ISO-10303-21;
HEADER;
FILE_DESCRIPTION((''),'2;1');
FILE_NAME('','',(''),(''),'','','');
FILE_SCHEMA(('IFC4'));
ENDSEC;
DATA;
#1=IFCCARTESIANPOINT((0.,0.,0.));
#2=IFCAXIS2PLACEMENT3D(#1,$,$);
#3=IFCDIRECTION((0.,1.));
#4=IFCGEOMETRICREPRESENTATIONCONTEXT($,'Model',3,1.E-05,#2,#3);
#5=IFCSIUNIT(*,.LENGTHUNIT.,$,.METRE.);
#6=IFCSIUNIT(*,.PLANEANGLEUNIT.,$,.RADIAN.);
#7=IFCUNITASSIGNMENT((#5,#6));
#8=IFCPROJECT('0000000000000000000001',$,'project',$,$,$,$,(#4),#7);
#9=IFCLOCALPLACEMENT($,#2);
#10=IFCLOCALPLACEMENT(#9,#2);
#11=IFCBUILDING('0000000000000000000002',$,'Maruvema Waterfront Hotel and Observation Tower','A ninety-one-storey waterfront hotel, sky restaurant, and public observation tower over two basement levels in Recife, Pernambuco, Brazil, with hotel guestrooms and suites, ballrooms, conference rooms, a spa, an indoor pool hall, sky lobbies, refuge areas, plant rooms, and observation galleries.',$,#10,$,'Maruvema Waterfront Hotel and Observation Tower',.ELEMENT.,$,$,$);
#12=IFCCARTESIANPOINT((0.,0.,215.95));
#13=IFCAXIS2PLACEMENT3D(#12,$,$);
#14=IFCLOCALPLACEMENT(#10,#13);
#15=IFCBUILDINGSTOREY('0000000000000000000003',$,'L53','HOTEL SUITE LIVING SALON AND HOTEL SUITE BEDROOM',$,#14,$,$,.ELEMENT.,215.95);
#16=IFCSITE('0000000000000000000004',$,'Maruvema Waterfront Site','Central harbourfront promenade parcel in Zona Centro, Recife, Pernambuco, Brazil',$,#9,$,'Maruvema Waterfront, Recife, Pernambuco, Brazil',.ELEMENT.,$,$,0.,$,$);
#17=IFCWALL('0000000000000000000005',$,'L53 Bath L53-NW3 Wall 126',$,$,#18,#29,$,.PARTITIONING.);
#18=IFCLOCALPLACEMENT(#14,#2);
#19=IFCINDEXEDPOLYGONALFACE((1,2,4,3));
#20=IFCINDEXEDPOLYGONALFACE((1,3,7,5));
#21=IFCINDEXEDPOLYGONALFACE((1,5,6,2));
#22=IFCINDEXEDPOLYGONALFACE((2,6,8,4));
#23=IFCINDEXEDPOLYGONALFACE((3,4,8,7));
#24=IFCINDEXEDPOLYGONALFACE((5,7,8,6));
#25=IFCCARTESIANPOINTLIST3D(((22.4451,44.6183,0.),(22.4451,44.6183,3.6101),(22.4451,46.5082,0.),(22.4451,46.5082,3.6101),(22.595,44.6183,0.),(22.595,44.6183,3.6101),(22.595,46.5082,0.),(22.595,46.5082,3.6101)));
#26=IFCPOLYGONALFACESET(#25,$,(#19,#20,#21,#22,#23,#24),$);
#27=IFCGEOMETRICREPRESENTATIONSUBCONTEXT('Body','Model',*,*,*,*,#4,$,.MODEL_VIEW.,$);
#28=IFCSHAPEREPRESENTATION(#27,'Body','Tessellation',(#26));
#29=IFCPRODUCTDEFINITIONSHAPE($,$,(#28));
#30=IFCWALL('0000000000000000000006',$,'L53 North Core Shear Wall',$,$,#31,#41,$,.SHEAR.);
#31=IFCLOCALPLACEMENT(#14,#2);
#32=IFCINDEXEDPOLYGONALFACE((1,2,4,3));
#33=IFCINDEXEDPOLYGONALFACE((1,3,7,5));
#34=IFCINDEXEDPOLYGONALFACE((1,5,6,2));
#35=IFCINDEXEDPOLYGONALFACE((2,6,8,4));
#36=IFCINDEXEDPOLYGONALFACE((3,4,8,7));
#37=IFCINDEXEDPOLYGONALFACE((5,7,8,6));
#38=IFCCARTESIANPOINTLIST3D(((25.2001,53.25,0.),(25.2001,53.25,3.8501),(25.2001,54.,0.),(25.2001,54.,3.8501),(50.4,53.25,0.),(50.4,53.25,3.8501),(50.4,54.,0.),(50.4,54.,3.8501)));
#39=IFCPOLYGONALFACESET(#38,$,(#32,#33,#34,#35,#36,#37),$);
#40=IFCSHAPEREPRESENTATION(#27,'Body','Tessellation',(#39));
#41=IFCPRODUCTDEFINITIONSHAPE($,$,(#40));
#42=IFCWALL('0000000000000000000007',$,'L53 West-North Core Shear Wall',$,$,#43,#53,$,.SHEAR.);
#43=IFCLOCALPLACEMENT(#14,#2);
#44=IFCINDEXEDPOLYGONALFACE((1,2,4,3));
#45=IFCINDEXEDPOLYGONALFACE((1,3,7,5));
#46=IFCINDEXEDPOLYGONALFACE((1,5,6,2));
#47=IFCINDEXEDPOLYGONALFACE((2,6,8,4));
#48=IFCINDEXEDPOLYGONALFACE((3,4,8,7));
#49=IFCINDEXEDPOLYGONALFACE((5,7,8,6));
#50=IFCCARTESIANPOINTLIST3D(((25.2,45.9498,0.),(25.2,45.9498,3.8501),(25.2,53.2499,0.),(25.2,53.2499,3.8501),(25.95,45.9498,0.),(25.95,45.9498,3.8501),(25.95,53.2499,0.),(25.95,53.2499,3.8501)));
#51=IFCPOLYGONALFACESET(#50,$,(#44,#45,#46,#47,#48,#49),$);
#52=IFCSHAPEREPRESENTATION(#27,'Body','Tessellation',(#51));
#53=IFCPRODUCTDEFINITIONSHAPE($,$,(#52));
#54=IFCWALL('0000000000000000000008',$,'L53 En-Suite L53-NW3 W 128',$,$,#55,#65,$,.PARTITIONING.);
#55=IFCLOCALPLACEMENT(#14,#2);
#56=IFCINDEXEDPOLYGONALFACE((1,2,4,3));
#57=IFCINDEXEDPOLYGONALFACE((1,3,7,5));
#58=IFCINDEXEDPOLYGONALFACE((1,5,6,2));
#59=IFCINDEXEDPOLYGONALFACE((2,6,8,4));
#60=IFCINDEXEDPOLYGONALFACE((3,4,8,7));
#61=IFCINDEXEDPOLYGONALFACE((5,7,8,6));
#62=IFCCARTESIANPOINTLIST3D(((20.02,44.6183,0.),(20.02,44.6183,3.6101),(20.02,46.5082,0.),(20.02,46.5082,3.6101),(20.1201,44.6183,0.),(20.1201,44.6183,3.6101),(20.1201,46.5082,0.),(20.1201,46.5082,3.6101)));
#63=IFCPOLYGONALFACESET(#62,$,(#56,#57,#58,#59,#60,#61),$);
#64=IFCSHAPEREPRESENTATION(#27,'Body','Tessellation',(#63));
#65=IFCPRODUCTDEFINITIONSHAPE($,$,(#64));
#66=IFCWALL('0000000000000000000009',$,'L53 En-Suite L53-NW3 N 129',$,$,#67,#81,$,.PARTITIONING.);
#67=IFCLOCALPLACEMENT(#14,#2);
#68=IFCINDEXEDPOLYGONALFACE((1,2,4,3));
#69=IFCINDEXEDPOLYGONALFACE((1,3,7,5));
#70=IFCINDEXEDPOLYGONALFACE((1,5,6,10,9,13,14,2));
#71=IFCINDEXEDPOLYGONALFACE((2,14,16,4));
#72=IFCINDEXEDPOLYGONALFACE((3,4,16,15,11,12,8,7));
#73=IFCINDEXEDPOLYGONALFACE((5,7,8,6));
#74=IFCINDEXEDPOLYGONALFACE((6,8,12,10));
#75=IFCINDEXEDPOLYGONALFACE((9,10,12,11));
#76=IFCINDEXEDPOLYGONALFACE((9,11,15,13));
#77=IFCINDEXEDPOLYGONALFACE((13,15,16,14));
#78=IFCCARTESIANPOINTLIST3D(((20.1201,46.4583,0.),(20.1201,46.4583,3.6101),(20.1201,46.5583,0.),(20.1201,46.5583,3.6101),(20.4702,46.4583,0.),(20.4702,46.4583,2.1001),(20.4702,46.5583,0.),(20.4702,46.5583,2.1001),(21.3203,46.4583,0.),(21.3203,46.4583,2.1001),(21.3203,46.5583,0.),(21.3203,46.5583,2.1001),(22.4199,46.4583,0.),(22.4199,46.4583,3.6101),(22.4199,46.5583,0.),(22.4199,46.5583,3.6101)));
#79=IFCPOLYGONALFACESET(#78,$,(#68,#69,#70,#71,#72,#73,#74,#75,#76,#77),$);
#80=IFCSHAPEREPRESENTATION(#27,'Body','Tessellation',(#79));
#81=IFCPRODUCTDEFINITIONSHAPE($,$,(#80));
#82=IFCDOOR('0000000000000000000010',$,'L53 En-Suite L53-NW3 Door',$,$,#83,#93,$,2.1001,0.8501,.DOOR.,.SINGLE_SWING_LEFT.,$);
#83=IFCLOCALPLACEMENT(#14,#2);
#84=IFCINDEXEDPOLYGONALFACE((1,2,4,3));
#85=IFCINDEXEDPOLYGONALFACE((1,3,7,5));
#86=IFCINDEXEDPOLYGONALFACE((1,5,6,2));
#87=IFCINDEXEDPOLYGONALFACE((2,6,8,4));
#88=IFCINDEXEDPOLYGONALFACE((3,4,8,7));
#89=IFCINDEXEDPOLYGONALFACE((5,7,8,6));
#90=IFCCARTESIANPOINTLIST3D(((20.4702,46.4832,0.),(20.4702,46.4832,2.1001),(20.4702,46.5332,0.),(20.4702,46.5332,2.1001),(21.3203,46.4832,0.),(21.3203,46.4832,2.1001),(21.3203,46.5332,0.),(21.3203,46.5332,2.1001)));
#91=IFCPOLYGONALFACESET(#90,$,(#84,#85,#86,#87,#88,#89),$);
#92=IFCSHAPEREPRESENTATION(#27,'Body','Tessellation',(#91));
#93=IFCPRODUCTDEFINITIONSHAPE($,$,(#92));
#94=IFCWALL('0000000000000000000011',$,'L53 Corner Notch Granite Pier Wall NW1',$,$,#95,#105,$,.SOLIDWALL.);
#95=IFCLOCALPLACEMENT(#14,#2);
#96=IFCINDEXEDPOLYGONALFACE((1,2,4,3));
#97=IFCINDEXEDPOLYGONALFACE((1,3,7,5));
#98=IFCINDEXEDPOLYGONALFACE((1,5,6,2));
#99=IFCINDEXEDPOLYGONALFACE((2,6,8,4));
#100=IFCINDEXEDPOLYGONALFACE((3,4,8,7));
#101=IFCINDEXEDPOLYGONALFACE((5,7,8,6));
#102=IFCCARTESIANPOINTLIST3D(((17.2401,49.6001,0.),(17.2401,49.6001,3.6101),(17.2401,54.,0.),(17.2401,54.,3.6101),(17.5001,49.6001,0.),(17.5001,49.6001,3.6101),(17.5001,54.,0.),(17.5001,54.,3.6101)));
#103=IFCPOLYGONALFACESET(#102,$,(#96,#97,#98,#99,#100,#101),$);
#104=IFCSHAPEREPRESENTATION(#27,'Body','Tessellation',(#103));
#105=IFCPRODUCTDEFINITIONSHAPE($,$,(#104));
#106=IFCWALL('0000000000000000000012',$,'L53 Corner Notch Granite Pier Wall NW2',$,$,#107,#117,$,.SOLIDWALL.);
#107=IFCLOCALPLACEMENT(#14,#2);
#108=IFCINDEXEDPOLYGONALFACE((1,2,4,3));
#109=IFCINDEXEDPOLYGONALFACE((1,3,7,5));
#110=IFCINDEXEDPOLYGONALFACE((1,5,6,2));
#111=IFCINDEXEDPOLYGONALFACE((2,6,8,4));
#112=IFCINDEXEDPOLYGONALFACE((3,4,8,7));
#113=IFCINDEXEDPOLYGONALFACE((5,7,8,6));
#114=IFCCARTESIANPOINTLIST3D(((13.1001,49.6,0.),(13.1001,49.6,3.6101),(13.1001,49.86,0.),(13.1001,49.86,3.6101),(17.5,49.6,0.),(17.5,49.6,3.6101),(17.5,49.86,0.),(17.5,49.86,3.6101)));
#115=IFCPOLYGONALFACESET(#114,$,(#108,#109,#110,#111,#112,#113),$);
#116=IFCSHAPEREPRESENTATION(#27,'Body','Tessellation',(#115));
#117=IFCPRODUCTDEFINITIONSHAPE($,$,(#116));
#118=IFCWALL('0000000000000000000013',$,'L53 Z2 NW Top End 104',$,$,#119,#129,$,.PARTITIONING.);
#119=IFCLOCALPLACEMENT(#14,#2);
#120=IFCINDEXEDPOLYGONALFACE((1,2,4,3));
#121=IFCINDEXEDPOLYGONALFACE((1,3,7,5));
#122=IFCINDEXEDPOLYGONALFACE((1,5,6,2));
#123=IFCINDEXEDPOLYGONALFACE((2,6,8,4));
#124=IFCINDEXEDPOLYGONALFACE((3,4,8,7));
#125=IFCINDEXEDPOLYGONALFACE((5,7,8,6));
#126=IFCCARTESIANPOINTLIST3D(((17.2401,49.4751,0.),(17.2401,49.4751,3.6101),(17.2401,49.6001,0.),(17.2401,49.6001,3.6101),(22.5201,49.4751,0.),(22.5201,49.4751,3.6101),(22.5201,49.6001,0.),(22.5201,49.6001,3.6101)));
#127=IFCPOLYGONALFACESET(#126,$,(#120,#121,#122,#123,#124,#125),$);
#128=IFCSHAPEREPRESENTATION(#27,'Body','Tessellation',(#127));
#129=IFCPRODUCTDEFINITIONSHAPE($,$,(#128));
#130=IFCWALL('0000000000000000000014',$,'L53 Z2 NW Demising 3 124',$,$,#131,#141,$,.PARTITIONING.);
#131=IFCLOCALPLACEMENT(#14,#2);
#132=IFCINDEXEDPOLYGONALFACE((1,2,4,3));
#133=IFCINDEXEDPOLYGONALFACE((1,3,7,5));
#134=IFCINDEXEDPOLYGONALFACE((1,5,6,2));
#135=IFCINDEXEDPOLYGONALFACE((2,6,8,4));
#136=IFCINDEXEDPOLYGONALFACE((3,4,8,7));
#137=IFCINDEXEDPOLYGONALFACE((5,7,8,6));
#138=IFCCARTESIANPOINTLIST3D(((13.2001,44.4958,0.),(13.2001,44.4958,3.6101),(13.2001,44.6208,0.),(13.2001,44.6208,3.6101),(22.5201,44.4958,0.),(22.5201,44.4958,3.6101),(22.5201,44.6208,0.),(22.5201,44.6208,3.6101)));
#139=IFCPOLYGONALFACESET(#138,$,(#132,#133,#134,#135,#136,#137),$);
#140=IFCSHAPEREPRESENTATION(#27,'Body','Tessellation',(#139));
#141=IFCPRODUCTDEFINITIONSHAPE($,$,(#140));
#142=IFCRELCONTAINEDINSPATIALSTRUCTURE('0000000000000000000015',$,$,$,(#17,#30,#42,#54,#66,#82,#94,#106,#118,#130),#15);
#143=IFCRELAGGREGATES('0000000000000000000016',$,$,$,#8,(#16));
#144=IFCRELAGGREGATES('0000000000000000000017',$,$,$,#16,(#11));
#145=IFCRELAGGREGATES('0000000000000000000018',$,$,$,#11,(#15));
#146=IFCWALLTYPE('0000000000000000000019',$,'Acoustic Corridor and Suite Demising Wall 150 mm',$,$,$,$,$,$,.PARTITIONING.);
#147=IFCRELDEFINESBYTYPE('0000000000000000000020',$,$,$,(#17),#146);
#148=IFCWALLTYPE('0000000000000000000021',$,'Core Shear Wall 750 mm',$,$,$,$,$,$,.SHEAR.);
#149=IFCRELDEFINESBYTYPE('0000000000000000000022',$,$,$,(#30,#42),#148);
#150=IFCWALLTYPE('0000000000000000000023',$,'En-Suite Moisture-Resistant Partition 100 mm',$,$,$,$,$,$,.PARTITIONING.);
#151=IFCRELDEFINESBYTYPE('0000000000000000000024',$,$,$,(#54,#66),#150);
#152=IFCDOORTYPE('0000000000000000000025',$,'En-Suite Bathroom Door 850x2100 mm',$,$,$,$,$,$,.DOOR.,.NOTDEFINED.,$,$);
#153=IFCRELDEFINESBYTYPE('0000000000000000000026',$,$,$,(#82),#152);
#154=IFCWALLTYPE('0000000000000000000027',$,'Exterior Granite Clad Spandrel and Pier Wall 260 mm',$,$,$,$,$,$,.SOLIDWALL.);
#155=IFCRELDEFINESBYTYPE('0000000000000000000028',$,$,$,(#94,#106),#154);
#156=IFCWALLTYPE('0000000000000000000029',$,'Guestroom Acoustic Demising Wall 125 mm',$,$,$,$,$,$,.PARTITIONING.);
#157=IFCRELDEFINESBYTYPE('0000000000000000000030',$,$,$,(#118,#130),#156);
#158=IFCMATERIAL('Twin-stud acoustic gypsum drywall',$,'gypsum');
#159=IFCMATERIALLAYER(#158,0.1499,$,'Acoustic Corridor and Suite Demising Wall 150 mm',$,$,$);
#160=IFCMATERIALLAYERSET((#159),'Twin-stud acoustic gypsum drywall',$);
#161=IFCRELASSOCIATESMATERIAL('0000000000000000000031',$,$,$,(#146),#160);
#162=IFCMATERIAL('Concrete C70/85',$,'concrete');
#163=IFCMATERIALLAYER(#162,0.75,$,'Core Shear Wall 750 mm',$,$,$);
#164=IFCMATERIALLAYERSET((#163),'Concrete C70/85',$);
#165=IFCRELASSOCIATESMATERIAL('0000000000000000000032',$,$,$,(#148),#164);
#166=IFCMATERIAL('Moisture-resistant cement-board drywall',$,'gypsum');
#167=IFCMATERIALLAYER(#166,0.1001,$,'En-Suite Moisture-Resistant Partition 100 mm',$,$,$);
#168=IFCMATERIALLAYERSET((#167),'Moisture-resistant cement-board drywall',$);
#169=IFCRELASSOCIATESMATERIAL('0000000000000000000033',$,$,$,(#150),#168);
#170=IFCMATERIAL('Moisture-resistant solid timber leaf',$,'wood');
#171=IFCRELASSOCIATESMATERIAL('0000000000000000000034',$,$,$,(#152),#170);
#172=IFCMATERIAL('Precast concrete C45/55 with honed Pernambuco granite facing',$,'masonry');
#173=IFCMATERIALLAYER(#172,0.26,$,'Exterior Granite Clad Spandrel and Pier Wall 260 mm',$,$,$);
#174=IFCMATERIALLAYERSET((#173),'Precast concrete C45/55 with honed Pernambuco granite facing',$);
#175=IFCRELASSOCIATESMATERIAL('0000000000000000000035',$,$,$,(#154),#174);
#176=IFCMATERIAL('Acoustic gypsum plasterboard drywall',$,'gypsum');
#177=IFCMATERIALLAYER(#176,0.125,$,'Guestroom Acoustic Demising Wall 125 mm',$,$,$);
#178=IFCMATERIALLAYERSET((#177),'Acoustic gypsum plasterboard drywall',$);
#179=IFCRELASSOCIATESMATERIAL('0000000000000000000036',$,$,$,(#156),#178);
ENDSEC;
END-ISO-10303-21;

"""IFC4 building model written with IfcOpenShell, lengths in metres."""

from ifc_helpers import new_model, si_unit, direction, frame, frame_2d, origin, place, context, subcontext, project, spatial, rectangle, extrude, material, layer, layer_set, type_object, element, fill, save


model = new_model("IFC4")

# Units and contexts
model_context = context("Model", 3, precision=1e-05, world=origin(), true_north=direction((0.0, 1.0)))
body_context = subcontext(model_context, "Body", "Model", "MODEL_VIEW")
ifc_project = project(units=[si_unit("LENGTHUNIT", "METRE"), si_unit("PLANEANGLEUNIT", "RADIAN")], contexts=[model_context])

# Site, building, storey
site_placement = place(None, origin())
site = spatial("IfcSite", under=ifc_project, at=site_placement, Name="Maruvema Waterfront Site", Description="Central harbourfront promenade parcel in Zona Centro, Recife, Pernambuco, Brazil", LongName="Maruvema Waterfront, Recife, Pernambuco, Brazil", CompositionType="ELEMENT", RefElevation=0.0)
building_placement = place(site_placement, origin())
building = spatial("IfcBuilding", under=site, at=building_placement, Name="Maruvema Waterfront Hotel and Observation Tower", Description="A ninety-one-storey waterfront hotel, sky restaurant, and public observation tower over two basement levels in Recife, Pernambuco, Brazil, with hotel guestrooms and suites, ballrooms, conference rooms, a spa, an indoor pool hall, sky lobbies, refuge areas, plant rooms, and observation galleries.", LongName="Maruvema Waterfront Hotel and Observation Tower", CompositionType="ELEMENT")
storey_placement = place(building_placement, frame((0.0, 0.0, 215.95)))
storey = spatial("IfcBuildingStorey", under=building, at=storey_placement, Name="L53", Description="HOTEL SUITE LIVING SALON AND HOTEL SUITE BEDROOM", CompositionType="ELEMENT", Elevation=215.95)

# Wall
ifc_material_1 = material(Name="Twin-stud acoustic gypsum drywall", Category="gypsum")
ifc_layer_1 = layer(ifc_material_1, 0.1499, Name="Acoustic Corridor and Suite Demising Wall 150 mm")
ifc_layer_set_1 = layer_set([ifc_layer_1], Name="Twin-stud acoustic gypsum drywall")
wall_type_1 = type_object("IfcWallType", Name="Acoustic Corridor and Suite Demising Wall 150 mm", PredefinedType="PARTITIONING", material=ifc_layer_set_1)
for number, where, z_axis, x_axis, name in (
    (1, (22.52, 44.6184, 0.0), (0.0, 0.0, 1.0), (0.0, 1.0, 0.0), "L53 Bath L53-NW3 Wall 126"),
):
    element("IfcWall", number, at=place(storey_placement, frame(where, z_axis=z_axis, x_axis=x_axis)), inside=storey, type_object=wall_type_1, Name=name, PredefinedType="PARTITIONING", context=body_context, shape_type="SweptSolid", body=[
        extrude(rectangle(XDim=1.8899, YDim=0.1499, at=frame_2d((0.9448, 0.0))), origin(), (0.0, 0.0, 1.0), 3.6101),
    ])

# Walls
ifc_material_2 = material(Name="Concrete C70/85", Category="concrete")
ifc_layer_2 = layer(ifc_material_2, 0.75, Name="Core Shear Wall 750 mm")
ifc_layer_set_2 = layer_set([ifc_layer_2], Name="Concrete C70/85")
wall_type_2 = type_object("IfcWallType", Name="Core Shear Wall 750 mm", PredefinedType="SHEAR", material=ifc_layer_set_2)
wall_1_placement = place(storey_placement, frame((25.2, 53.625, 0.0), z_axis=(0.0, 0.0, 1.0), x_axis=(1.0, 0.0, 0.0)))
element("IfcWall", 2, at=wall_1_placement, inside=storey, type_object=wall_type_2, Name="L53 North Core Shear Wall", PredefinedType="SHEAR", context=body_context, shape_type="SweptSolid", body=[
    extrude(rectangle(XDim=25.2, YDim=0.75, at=frame_2d((12.6001, 0.0))), origin(), (0.0, 0.0, 1.0), 3.8501),
])
wall_2_placement = place(storey_placement, frame((25.575, 45.95, 0.0), z_axis=(0.0, 0.0, 1.0), x_axis=(0.0, 1.0, 0.0)))
element("IfcWall", 3, at=wall_2_placement, inside=storey, type_object=wall_type_2, Name="L53 West-North Core Shear Wall", PredefinedType="SHEAR", context=body_context, shape_type="SweptSolid", body=[
    extrude(rectangle(XDim=7.3, YDim=0.75, at=frame_2d((3.6499, 0.0))), origin(), (0.0, 0.0, 1.0), 3.8501),
])
ifc_material_3 = material(Name="Moisture-resistant cement-board drywall", Category="gypsum")
ifc_layer_3 = layer(ifc_material_3, 0.1001, Name="En-Suite Moisture-Resistant Partition 100 mm")
ifc_layer_set_3 = layer_set([ifc_layer_3], Name="Moisture-resistant cement-board drywall")
wall_type_3 = type_object("IfcWallType", Name="En-Suite Moisture-Resistant Partition 100 mm", PredefinedType="PARTITIONING", material=ifc_layer_set_3)
wall_3_placement = place(storey_placement, frame((20.0701, 44.6184, 0.0), z_axis=(0.0, 0.0, 1.0), x_axis=(0.0, 1.0, 0.0)))
element("IfcWall", 4, at=wall_3_placement, inside=storey, type_object=wall_type_3, Name="L53 En-Suite L53-NW3 W 128", PredefinedType="PARTITIONING", context=body_context, shape_type="SweptSolid", body=[
    extrude(rectangle(XDim=1.8899, YDim=0.1001, at=frame_2d((0.9448, 0.0))), origin(), (0.0, 0.0, 1.0), 3.6101),
])

# Wall, opening, door
wall_4_placement = place(storey_placement, frame((20.1201, 46.5083, 0.0), z_axis=(0.0, 0.0, 1.0), x_axis=(1.0, 0.0, 0.0)))
wall_4 = element("IfcWall", 5, at=wall_4_placement, inside=storey, type_object=wall_type_3, Name="L53 En-Suite L53-NW3 N 129", PredefinedType="PARTITIONING", context=body_context, shape_type="SweptSolid", body=[
    extrude(rectangle(XDim=2.2998, YDim=0.1001, at=frame_2d((1.1499, 0.0))), origin(), (0.0, 0.0, 1.0), 3.6101),
])
opening_1_placement = place(wall_4_placement, frame((0.3501, 0.0, 0.0)))
opening_1 = element("IfcOpeningElement", 6, at=opening_1_placement, cuts=wall_4, PredefinedType="OPENING", context=body_context, shape_type="SweptSolid", body=[
    extrude(rectangle(XDim=0.8501, YDim=2.1001, at=frame_2d((0.425, 1.05))), frame((0.0, 0.0601, 0.0), z_axis=(0.0, -1.0, 0.0), x_axis=(1.0, 0.0, 0.0)), (0.0, 0.0, 1.0), 0.1201),
])
ifc_material_4 = material(Name="Moisture-resistant solid timber leaf", Category="wood")
door_type_1 = type_object("IfcDoorType", Name="En-Suite Bathroom Door 850x2100 mm", OperationType="NOTDEFINED", PredefinedType="DOOR", material=ifc_material_4)
door_1_placement = place(opening_1_placement, origin())
door_1 = element("IfcDoor", 7, at=door_1_placement, inside=storey, type_object=door_type_1, Name="L53 En-Suite L53-NW3 Door", OperationType="SINGLE_SWING_LEFT", OverallHeight=2.1001, OverallWidth=0.8501, PredefinedType="DOOR", context=body_context, shape_type="SweptSolid", body=[
    extrude(rectangle(XDim=0.8501, YDim=2.1001, at=frame_2d((0.425, 1.05))), frame((0.0, 0.0249, 0.0), z_axis=(0.0, -1.0, 0.0), x_axis=(1.0, 0.0, 0.0)), (0.0, 0.0, 1.0), 0.05),
])
fill(opening_1, door_1)

# Walls
ifc_material_5 = material(Name="Precast concrete C45/55 with honed Pernambuco granite facing", Category="masonry")
ifc_layer_4 = layer(ifc_material_5, 0.26, Name="Exterior Granite Clad Spandrel and Pier Wall 260 mm")
ifc_layer_set_4 = layer_set([ifc_layer_4], Name="Precast concrete C45/55 with honed Pernambuco granite facing")
wall_type_4 = type_object("IfcWallType", Name="Exterior Granite Clad Spandrel and Pier Wall 260 mm", PredefinedType="SOLIDWALL", material=ifc_layer_set_4)
for number, where, z_axis, x_axis, name in (
    (8, (17.3701, 49.6001, 0.0), (0.0, 0.0, 1.0), (0.0, 1.0, 0.0), "L53 Corner Notch Granite Pier Wall NW1"),
    (9, (13.1001, 49.73, 0.0), (0.0, 0.0, 1.0), (1.0, 0.0, 0.0), "L53 Corner Notch Granite Pier Wall NW2"),
):
    element("IfcWall", number, at=place(storey_placement, frame(where, z_axis=z_axis, x_axis=x_axis)), inside=storey, type_object=wall_type_4, Name=name, PredefinedType="SOLIDWALL", context=body_context, shape_type="SweptSolid", body=[
        extrude(rectangle(XDim=4.3999, YDim=0.26, at=frame_2d((2.2, 0.0))), origin(), (0.0, 0.0, 1.0), 3.6101),
    ])
ifc_material_6 = material(Name="Acoustic gypsum plasterboard drywall", Category="gypsum")
ifc_layer_5 = layer(ifc_material_6, 0.125, Name="Guestroom Acoustic Demising Wall 125 mm")
ifc_layer_set_5 = layer_set([ifc_layer_5], Name="Acoustic gypsum plasterboard drywall")
wall_type_5 = type_object("IfcWallType", Name="Guestroom Acoustic Demising Wall 125 mm", PredefinedType="PARTITIONING", material=ifc_layer_set_5)
wall_5_placement = place(storey_placement, frame((17.24, 49.5376, 0.0), z_axis=(0.0, 0.0, 1.0), x_axis=(1.0, 0.0, 0.0)))
element("IfcWall", 10, at=wall_5_placement, inside=storey, type_object=wall_type_5, Name="L53 Z2 NW Top End 104", PredefinedType="PARTITIONING", context=body_context, shape_type="SweptSolid", body=[
    extrude(rectangle(XDim=5.28, YDim=0.125, at=frame_2d((2.6401, 0.0))), origin(), (0.0, 0.0, 1.0), 3.6101),
])
wall_6_placement = place(storey_placement, frame((13.2, 44.5583, 0.0), z_axis=(0.0, 0.0, 1.0), x_axis=(1.0, 0.0, 0.0)))
element("IfcWall", 11, at=wall_6_placement, inside=storey, type_object=wall_type_5, Name="L53 Z2 NW Demising 3 124", PredefinedType="PARTITIONING", context=body_context, shape_type="SweptSolid", body=[
    extrude(rectangle(XDim=9.3201, YDim=0.125, at=frame_2d((4.6602, 0.0))), origin(), (0.0, 0.0, 1.0), 3.6101),
])

save(model, "model.ifc")
